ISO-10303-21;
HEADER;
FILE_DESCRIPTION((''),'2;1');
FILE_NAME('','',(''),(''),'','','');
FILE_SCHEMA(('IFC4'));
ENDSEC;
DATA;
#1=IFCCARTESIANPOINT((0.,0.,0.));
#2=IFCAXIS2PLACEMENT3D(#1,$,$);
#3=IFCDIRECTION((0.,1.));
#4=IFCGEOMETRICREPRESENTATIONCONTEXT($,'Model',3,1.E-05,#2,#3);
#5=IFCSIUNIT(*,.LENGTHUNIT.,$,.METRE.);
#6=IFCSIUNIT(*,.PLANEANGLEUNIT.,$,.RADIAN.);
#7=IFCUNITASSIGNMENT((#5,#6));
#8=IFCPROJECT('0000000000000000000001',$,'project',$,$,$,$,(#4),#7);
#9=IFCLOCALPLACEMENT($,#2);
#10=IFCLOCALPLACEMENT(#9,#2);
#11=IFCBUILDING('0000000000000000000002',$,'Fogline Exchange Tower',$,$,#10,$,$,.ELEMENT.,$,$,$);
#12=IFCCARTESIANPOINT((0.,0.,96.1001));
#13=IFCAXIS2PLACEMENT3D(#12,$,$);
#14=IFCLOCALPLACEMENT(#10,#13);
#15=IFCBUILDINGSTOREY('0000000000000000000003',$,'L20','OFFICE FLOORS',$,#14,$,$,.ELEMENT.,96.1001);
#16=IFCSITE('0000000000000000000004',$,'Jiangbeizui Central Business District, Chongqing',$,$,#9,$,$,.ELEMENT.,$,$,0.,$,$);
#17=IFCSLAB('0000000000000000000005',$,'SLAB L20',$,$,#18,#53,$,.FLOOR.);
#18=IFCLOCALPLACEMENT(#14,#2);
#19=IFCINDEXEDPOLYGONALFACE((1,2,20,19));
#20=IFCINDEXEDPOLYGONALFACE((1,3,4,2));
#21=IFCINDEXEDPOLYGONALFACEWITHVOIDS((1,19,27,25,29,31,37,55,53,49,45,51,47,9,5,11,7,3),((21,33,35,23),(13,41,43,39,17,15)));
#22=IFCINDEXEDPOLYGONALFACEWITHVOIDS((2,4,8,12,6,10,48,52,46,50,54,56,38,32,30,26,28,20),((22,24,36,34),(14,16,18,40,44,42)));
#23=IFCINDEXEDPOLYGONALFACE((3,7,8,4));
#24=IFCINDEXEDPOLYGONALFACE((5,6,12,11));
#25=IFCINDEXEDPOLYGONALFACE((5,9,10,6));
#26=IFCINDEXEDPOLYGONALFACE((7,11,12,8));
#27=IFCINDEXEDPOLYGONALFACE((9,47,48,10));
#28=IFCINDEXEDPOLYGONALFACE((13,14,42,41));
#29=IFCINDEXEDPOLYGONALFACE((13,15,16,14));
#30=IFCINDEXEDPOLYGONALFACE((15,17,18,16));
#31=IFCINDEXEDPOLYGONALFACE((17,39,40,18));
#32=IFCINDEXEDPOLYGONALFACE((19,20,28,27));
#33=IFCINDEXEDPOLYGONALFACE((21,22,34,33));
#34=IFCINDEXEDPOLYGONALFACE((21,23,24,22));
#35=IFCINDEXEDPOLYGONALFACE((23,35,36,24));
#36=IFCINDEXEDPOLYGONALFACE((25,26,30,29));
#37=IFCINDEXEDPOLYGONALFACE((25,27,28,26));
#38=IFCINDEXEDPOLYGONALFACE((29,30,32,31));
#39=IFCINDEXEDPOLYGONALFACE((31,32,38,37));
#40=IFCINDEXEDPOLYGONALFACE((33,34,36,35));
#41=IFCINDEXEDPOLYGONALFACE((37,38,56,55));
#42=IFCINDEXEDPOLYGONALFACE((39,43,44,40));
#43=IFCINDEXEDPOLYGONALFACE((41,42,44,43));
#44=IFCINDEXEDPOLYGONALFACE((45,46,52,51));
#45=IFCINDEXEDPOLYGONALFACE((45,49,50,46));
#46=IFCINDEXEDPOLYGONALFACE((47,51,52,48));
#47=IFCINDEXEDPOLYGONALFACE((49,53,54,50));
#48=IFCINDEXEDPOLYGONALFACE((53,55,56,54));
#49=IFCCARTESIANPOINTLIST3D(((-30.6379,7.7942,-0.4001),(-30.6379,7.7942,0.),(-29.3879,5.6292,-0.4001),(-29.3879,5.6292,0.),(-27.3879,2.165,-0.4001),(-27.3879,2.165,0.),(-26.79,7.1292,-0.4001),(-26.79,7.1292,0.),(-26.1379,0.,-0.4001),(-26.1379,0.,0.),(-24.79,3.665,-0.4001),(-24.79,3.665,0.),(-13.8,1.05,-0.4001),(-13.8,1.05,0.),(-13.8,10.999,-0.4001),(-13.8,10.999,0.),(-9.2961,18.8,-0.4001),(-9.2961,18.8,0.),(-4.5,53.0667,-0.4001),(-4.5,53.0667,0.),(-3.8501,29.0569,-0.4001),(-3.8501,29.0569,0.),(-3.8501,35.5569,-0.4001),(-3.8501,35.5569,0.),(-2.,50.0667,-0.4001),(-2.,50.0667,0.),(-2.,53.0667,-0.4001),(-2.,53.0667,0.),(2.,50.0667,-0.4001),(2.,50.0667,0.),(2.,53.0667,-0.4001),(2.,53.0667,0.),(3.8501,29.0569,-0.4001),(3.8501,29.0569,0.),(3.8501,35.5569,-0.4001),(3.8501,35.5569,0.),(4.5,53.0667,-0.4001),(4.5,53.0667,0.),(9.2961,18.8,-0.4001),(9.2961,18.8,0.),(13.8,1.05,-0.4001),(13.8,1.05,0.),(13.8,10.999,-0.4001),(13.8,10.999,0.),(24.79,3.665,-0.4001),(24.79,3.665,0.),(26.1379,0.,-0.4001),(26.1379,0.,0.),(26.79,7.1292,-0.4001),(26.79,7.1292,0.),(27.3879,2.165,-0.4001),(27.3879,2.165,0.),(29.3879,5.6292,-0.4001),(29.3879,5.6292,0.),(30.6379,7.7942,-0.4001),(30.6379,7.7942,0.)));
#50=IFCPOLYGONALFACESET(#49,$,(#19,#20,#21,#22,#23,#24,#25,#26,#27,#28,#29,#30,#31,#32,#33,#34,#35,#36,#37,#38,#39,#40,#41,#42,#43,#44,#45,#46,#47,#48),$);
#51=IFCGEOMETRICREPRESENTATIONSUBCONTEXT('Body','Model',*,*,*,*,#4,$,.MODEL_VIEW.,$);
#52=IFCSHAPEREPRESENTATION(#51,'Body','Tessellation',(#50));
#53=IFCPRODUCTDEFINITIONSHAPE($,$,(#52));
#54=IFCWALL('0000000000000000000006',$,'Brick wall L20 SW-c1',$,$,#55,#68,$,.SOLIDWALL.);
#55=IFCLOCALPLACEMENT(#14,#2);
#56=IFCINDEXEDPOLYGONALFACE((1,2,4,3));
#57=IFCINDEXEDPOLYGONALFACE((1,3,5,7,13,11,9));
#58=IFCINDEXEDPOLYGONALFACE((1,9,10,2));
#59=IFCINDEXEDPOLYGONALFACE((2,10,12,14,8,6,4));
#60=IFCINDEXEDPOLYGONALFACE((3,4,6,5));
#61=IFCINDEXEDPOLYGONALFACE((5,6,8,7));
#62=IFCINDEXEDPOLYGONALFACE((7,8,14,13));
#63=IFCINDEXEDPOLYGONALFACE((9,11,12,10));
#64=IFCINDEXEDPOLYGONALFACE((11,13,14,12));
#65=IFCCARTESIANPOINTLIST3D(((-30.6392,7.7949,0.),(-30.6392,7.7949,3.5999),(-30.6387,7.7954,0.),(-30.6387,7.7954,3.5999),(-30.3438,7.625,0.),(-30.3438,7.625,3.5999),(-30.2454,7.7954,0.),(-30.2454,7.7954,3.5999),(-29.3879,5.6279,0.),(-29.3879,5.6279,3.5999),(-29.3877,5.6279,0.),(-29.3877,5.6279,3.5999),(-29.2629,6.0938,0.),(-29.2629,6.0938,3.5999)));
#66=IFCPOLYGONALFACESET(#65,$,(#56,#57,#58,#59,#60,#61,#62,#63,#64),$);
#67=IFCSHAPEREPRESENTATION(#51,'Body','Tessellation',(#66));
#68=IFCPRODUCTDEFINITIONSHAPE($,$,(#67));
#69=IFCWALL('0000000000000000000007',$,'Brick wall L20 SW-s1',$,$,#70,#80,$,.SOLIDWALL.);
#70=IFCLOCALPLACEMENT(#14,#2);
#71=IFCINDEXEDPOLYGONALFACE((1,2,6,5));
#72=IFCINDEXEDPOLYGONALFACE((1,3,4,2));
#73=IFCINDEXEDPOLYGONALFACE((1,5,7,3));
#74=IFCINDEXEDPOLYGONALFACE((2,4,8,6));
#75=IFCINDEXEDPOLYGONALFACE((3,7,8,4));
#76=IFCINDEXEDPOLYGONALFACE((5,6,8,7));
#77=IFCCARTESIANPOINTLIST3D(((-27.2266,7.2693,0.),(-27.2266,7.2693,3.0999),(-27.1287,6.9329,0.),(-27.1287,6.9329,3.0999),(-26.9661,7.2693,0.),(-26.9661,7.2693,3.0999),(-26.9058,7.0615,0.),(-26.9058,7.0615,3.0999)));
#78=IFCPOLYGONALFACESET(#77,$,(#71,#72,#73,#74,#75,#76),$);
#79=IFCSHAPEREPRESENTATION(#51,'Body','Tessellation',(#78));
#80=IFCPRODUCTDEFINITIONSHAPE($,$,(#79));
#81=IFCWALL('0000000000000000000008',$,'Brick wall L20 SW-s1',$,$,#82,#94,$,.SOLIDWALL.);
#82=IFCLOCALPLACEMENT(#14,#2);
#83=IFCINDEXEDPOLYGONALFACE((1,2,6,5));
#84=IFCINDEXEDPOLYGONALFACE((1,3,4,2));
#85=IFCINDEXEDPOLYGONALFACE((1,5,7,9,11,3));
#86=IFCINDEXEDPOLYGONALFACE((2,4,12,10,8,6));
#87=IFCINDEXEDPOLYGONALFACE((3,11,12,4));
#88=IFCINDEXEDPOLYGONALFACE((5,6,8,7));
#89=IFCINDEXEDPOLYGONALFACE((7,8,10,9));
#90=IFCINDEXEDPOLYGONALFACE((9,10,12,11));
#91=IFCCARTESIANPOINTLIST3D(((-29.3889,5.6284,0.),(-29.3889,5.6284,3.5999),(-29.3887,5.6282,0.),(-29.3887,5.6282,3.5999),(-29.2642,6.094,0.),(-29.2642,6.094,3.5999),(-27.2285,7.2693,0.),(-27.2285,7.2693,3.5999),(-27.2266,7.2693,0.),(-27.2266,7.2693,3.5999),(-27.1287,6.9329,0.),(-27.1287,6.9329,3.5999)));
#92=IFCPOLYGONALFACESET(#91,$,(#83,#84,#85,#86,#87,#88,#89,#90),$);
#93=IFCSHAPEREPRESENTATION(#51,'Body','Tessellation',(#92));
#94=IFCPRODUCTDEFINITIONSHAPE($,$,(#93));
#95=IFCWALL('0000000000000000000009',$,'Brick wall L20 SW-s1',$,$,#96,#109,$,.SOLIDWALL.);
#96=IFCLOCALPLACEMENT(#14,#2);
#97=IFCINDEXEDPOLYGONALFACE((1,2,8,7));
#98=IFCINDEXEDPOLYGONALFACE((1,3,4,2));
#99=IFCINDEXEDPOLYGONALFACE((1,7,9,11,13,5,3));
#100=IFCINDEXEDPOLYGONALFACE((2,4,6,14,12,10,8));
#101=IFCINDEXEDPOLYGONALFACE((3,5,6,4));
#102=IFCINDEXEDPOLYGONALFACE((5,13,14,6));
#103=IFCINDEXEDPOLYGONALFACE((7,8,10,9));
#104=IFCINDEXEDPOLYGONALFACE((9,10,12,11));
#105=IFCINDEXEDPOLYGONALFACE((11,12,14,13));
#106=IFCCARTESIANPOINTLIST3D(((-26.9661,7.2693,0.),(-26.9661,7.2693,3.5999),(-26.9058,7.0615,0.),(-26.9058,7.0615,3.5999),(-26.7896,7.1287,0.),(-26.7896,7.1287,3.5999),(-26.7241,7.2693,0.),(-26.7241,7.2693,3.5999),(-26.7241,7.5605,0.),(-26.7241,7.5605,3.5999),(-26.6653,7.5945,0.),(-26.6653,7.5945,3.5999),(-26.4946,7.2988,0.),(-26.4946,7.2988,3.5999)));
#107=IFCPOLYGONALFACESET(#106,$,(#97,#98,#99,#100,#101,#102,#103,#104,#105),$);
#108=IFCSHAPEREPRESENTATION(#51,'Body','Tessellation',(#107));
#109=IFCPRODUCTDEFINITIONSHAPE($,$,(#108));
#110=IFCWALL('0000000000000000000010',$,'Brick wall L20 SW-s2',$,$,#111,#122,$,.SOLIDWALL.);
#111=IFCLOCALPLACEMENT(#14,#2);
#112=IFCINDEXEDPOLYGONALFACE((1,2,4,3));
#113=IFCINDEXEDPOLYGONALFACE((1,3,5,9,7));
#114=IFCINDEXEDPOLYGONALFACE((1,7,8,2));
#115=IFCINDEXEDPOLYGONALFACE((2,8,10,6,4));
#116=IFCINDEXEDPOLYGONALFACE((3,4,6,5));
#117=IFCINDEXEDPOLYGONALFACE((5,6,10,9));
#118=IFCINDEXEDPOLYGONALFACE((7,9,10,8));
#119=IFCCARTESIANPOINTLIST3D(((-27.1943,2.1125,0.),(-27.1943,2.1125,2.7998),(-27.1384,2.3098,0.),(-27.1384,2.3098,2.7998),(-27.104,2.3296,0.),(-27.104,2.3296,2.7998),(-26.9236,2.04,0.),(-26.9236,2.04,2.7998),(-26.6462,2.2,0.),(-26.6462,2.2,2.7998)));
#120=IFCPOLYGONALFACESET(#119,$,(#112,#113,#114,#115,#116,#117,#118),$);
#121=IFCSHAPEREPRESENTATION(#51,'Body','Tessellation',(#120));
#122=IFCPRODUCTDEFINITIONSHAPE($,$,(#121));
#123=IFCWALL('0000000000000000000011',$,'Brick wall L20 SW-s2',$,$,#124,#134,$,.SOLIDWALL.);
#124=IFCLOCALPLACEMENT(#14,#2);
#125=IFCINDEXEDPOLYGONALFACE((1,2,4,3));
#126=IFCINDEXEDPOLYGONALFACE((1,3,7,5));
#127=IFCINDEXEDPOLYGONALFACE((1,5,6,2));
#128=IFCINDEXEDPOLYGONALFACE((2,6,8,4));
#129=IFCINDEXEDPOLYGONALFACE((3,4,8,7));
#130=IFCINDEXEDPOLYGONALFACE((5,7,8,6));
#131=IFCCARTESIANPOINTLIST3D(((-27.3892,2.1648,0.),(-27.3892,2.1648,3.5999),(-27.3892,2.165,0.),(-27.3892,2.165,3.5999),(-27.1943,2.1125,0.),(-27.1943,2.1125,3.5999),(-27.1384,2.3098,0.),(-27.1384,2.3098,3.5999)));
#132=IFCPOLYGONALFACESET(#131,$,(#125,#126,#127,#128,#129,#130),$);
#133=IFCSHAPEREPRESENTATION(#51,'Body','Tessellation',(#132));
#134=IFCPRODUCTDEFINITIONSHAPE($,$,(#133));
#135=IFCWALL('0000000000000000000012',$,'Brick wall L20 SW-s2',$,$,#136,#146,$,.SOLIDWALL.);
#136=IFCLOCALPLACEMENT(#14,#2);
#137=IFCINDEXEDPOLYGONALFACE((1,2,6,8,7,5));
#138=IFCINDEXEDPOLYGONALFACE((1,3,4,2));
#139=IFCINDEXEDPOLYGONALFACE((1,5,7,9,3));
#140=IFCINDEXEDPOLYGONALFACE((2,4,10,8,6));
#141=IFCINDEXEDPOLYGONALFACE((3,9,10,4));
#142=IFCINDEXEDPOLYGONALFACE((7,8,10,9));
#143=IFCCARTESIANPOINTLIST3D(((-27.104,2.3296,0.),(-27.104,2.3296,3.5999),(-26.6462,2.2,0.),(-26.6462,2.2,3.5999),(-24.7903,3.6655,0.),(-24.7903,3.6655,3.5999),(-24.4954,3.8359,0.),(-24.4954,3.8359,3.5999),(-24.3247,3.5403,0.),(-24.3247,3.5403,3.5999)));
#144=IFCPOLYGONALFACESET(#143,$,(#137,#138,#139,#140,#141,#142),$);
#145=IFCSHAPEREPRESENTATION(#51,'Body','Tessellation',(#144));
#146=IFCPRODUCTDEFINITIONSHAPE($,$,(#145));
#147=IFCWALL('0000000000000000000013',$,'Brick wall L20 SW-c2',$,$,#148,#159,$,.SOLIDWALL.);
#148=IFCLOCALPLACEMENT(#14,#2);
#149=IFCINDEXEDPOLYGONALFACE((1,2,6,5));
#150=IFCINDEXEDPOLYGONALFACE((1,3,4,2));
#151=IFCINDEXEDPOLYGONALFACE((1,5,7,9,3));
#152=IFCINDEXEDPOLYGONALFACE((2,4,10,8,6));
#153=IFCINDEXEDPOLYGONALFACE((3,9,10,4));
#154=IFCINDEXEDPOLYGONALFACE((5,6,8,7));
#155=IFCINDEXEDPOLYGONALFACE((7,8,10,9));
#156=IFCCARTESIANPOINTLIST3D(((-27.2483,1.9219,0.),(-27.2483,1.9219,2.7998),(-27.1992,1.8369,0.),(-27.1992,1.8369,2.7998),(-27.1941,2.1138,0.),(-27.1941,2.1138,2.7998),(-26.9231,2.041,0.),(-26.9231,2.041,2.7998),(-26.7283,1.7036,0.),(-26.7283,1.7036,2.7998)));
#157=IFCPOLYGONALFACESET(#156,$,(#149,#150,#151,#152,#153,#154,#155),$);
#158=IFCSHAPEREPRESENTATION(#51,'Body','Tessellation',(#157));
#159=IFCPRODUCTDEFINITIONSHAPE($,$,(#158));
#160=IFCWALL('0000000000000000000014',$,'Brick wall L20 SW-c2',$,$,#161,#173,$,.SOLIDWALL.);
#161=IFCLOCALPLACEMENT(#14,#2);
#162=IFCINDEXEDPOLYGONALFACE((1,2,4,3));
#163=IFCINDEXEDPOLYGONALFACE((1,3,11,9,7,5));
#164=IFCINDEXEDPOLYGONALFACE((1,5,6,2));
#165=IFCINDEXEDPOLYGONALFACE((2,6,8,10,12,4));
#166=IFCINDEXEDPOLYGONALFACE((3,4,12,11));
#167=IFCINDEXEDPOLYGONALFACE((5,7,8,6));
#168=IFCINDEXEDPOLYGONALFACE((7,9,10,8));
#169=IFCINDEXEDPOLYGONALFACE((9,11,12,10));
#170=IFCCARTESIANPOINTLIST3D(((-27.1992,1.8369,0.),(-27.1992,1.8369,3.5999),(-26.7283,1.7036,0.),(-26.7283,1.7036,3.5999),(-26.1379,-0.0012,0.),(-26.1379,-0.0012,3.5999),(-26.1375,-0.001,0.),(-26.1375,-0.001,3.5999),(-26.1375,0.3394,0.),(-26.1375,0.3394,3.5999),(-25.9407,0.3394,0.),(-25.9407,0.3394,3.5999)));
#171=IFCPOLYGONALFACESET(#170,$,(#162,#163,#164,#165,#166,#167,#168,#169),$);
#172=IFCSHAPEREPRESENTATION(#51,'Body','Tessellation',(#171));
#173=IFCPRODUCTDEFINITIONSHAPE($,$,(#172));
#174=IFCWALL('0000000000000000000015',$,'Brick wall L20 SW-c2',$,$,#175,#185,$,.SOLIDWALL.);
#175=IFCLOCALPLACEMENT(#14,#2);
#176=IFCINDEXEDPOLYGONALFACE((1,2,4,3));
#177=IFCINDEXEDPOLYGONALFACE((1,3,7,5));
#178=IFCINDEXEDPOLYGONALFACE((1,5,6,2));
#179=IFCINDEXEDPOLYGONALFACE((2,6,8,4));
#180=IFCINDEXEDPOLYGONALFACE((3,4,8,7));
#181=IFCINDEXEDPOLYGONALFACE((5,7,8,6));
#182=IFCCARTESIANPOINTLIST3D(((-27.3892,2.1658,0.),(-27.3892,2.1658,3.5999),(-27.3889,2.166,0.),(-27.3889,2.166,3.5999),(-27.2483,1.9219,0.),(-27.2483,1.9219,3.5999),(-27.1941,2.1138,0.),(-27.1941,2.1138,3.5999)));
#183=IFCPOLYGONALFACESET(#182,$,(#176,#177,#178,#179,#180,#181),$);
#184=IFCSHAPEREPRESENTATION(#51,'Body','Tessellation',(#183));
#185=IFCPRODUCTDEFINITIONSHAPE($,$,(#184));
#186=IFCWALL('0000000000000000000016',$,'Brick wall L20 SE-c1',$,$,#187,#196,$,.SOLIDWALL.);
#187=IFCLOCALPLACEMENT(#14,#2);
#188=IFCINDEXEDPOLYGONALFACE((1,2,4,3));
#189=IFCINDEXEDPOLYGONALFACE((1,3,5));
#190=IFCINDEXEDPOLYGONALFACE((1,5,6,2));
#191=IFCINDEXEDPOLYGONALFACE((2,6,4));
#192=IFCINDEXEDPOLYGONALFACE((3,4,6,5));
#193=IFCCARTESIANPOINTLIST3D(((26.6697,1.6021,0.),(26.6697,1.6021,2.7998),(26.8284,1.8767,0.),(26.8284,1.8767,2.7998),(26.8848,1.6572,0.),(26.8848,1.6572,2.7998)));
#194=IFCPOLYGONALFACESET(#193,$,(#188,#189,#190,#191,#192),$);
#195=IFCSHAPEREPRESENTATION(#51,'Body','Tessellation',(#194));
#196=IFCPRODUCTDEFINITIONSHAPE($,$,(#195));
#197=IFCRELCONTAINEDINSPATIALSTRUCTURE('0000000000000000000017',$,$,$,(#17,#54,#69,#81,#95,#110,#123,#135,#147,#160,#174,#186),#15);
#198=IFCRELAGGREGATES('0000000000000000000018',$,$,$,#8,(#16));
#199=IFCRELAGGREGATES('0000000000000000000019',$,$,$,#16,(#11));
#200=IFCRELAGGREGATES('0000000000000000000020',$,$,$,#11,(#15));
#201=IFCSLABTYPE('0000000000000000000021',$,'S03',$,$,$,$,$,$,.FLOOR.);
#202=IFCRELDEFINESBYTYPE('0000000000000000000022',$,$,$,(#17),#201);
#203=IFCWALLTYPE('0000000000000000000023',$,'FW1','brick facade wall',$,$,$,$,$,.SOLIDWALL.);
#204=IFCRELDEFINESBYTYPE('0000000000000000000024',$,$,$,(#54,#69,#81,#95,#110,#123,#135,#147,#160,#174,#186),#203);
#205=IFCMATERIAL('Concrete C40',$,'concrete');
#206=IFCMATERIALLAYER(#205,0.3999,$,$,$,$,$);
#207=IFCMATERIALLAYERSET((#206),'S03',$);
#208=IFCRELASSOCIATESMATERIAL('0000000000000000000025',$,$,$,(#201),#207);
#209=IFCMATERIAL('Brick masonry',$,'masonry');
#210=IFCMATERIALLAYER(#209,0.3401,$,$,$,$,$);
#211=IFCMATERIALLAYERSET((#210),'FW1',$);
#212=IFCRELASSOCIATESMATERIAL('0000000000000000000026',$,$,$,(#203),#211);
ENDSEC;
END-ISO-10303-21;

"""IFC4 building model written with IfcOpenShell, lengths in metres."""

from ifc_helpers import new_model, si_unit, direction, frame, origin, place, context, subcontext, project, spatial, polyline, outline, extrude, material, layer, layer_set, type_object, element, save


model = new_model("IFC4")

# Units and contexts
model_context = context("Model", 3, precision=1e-05, world=origin(), true_north=direction((0.0, 1.0)))
body_context = subcontext(model_context, "Body", "Model", "MODEL_VIEW")
ifc_project = project(units=[si_unit("LENGTHUNIT", "METRE"), si_unit("PLANEANGLEUNIT", "RADIAN")], contexts=[model_context])

# Site, building, storey
site_placement = place(None, origin())
site = spatial("IfcSite", under=ifc_project, at=site_placement, Name="Jiangbeizui Central Business District, Chongqing", CompositionType="ELEMENT", RefElevation=0.0)
building_placement = place(site_placement, origin())
building = spatial("IfcBuilding", under=site, at=building_placement, Name="Fogline Exchange Tower", CompositionType="ELEMENT")
storey_placement = place(building_placement, frame((0.0, 0.0, 96.1001)))
storey = spatial("IfcBuildingStorey", under=building, at=storey_placement, Name="L20", Description="OFFICE FLOORS", CompositionType="ELEMENT", Elevation=96.1001)

# Slab
ifc_material_1 = material(Name="Concrete C40", Category="concrete")
ifc_layer_1 = layer(ifc_material_1, 0.3999)
ifc_layer_set_1 = layer_set([ifc_layer_1], Name="S03")
slab_type = type_object("IfcSlabType", Name="S03", PredefinedType="FLOOR", material=ifc_layer_set_1)
slab_placement = place(storey_placement, frame((0.0, 0.0, -0.4001)))
element("IfcSlab", 1, at=slab_placement, inside=storey, type_object=slab_type, Name="SLAB L20", PredefinedType="FLOOR", context=body_context, shape_type="SweptSolid", body=[
    extrude(outline(polyline([(-2.0, 53.0667), (-4.5, 53.0667), (-30.6379, 7.7942), (-29.3879, 5.6292), (-26.79, 7.1292), (-24.79, 3.665), (-27.3879, 2.165), (-26.1379, 0.0), (26.1379, 0.0), (27.3879, 2.165), (24.79, 3.665), (26.79, 7.1292), (29.3879, 5.6292), (30.6379, 7.7942), (4.5, 53.0667), (2.0, 53.0667), (2.0, 50.0667), (-2.0, 50.0667), (-2.0, 53.0667)]), holes=[polyline([(13.8, 10.999), (13.8, 1.05), (-13.8, 1.05), (-13.8, 10.999), (-9.2961, 18.8), (9.2961, 18.8), (13.8, 10.999)]), polyline([(3.8501, 35.5569), (3.8501, 29.0569), (-3.8501, 29.0569), (-3.8501, 35.5569), (3.8501, 35.5569)])]), origin(), (0.0, 0.0, 1.0), 0.4001),
])

# Walls
ifc_material_2 = material(Name="Brick masonry", Category="masonry")
ifc_layer_2 = layer(ifc_material_2, 0.3401)
ifc_layer_set_2 = layer_set([ifc_layer_2], Name="FW1")
wall_type = type_object("IfcWallType", Name="FW1", Description="brick facade wall", PredefinedType="SOLIDWALL", material=ifc_layer_set_2)
wall_1_placement = place(storey_placement, origin())
element("IfcWall", 2, at=wall_1_placement, inside=storey, type_object=wall_type, Name="Brick wall L20 SW-c1", PredefinedType="SOLIDWALL", context=body_context, shape_type="SweptSolid", body=[
    extrude(outline(polyline([(-29.3879, 5.6279), (-30.6392, 7.7949), (-30.6387, 7.7954), (-30.3438, 7.625), (-30.2454, 7.7954), (-29.2629, 6.0938), (-29.3877, 5.6279), (-29.3879, 5.6279)])), origin(), (0.0, 0.0, 1.0), 3.5999),
])
wall_2_placement = place(storey_placement, origin())
element("IfcWall", 3, at=wall_2_placement, inside=storey, type_object=wall_type, Name="Brick wall L20 SW-s1", PredefinedType="SOLIDWALL", context=body_context, shape_type="SweptSolid", body=[
    extrude(outline(polyline([(-26.9661, 7.2693), (-26.9058, 7.0615), (-27.1287, 6.9329), (-27.2266, 7.2693), (-26.9661, 7.2693)])), origin(), (0.0, 0.0, 1.0), 3.0999),
])
wall_3_placement = place(storey_placement, origin())
element("IfcWall", 4, at=wall_3_placement, inside=storey, type_object=wall_type, Name="Brick wall L20 SW-s1", PredefinedType="SOLIDWALL", context=body_context, shape_type="SweptSolid", body=[
    extrude(outline(polyline([(-27.2266, 7.2693), (-27.1287, 6.9329), (-29.3887, 5.6282), (-29.3889, 5.6284), (-29.2642, 6.094), (-27.2285, 7.2693), (-27.2266, 7.2693)])), origin(), (0.0, 0.0, 1.0), 3.5999),
])
wall_4_placement = place(storey_placement, origin())
element("IfcWall", 5, at=wall_4_placement, inside=storey, type_object=wall_type, Name="Brick wall L20 SW-s1", PredefinedType="SOLIDWALL", context=body_context, shape_type="SweptSolid", body=[
    extrude(outline(polyline([(-26.7241, 7.2693), (-26.7241, 7.5605), (-26.6653, 7.5945), (-26.4946, 7.2988), (-26.7896, 7.1287), (-26.9058, 7.0615), (-26.9661, 7.2693), (-26.7241, 7.2693)])), origin(), (0.0, 0.0, 1.0), 3.5999),
])
wall_5_placement = place(storey_placement, origin())
element("IfcWall", 6, at=wall_5_placement, inside=storey, type_object=wall_type, Name="Brick wall L20 SW-s2", PredefinedType="SOLIDWALL", context=body_context, shape_type="SweptSolid", body=[
    extrude(outline(polyline([(-27.104, 2.3296), (-26.6462, 2.2), (-26.9236, 2.04), (-27.1943, 2.1125), (-27.1384, 2.3098), (-27.104, 2.3296)])), origin(), (0.0, 0.0, 1.0), 2.7998),
])
wall_6_placement = place(storey_placement, origin())
element("IfcWall", 7, at=wall_6_placement, inside=storey, type_object=wall_type, Name="Brick wall L20 SW-s2", PredefinedType="SOLIDWALL", context=body_context, shape_type="SweptSolid", body=[
    extrude(outline(polyline([(-27.1384, 2.3098), (-27.1943, 2.1125), (-27.3892, 2.1648), (-27.3892, 2.165), (-27.1384, 2.3098)])), origin(), (0.0, 0.0, 1.0), 3.5999),
])
wall_7_placement = place(storey_placement, origin())
element("IfcWall", 8, at=wall_7_placement, inside=storey, type_object=wall_type, Name="Brick wall L20 SW-s2", PredefinedType="SOLIDWALL", context=body_context, shape_type="SweptSolid", body=[
    extrude(outline(polyline([(-24.7903, 3.6655), (-24.4954, 3.8359), (-24.3247, 3.5403), (-26.6462, 2.2), (-27.104, 2.3296), (-24.7903, 3.6655)])), origin(), (0.0, 0.0, 1.0), 3.5999),
])
wall_8_placement = place(storey_placement, origin())
element("IfcWall", 9, at=wall_8_placement, inside=storey, type_object=wall_type, Name="Brick wall L20 SW-c2", PredefinedType="SOLIDWALL", context=body_context, shape_type="SweptSolid", body=[
    extrude(outline(polyline([(-27.2483, 1.9219), (-27.1941, 2.1138), (-26.9231, 2.041), (-26.7283, 1.7036), (-27.1992, 1.8369), (-27.2483, 1.9219)])), origin(), (0.0, 0.0, 1.0), 2.7998),
])
wall_9_placement = place(storey_placement, origin())
element("IfcWall", 10, at=wall_9_placement, inside=storey, type_object=wall_type, Name="Brick wall L20 SW-c2", PredefinedType="SOLIDWALL", context=body_context, shape_type="SweptSolid", body=[
    extrude(outline(polyline([(-26.1375, 0.3394), (-26.1375, -0.001), (-26.1379, -0.0012), (-27.1992, 1.8369), (-26.7283, 1.7036), (-25.9407, 0.3394), (-26.1375, 0.3394)])), origin(), (0.0, 0.0, 1.0), 3.5999),
])
wall_10_placement = place(storey_placement, origin())
element("IfcWall", 11, at=wall_10_placement, inside=storey, type_object=wall_type, Name="Brick wall L20 SW-c2", PredefinedType="SOLIDWALL", context=body_context, shape_type="SweptSolid", body=[
    extrude(outline(polyline([(-27.3892, 2.1658), (-27.3889, 2.166), (-27.1941, 2.1138), (-27.2483, 1.9219), (-27.3892, 2.1658)])), origin(), (0.0, 0.0, 1.0), 3.5999),
])
wall_11_placement = place(storey_placement, origin())
element("IfcWall", 12, at=wall_11_placement, inside=storey, type_object=wall_type, Name="Brick wall L20 SE-c1", PredefinedType="SOLIDWALL", context=body_context, shape_type="SweptSolid", body=[
    extrude(outline(polyline([(26.8284, 1.8767), (26.8848, 1.6572), (26.6697, 1.6021), (26.8284, 1.8767)])), origin(), (0.0, 0.0, 1.0), 2.7998),
])

save(model, "model.ifc")
